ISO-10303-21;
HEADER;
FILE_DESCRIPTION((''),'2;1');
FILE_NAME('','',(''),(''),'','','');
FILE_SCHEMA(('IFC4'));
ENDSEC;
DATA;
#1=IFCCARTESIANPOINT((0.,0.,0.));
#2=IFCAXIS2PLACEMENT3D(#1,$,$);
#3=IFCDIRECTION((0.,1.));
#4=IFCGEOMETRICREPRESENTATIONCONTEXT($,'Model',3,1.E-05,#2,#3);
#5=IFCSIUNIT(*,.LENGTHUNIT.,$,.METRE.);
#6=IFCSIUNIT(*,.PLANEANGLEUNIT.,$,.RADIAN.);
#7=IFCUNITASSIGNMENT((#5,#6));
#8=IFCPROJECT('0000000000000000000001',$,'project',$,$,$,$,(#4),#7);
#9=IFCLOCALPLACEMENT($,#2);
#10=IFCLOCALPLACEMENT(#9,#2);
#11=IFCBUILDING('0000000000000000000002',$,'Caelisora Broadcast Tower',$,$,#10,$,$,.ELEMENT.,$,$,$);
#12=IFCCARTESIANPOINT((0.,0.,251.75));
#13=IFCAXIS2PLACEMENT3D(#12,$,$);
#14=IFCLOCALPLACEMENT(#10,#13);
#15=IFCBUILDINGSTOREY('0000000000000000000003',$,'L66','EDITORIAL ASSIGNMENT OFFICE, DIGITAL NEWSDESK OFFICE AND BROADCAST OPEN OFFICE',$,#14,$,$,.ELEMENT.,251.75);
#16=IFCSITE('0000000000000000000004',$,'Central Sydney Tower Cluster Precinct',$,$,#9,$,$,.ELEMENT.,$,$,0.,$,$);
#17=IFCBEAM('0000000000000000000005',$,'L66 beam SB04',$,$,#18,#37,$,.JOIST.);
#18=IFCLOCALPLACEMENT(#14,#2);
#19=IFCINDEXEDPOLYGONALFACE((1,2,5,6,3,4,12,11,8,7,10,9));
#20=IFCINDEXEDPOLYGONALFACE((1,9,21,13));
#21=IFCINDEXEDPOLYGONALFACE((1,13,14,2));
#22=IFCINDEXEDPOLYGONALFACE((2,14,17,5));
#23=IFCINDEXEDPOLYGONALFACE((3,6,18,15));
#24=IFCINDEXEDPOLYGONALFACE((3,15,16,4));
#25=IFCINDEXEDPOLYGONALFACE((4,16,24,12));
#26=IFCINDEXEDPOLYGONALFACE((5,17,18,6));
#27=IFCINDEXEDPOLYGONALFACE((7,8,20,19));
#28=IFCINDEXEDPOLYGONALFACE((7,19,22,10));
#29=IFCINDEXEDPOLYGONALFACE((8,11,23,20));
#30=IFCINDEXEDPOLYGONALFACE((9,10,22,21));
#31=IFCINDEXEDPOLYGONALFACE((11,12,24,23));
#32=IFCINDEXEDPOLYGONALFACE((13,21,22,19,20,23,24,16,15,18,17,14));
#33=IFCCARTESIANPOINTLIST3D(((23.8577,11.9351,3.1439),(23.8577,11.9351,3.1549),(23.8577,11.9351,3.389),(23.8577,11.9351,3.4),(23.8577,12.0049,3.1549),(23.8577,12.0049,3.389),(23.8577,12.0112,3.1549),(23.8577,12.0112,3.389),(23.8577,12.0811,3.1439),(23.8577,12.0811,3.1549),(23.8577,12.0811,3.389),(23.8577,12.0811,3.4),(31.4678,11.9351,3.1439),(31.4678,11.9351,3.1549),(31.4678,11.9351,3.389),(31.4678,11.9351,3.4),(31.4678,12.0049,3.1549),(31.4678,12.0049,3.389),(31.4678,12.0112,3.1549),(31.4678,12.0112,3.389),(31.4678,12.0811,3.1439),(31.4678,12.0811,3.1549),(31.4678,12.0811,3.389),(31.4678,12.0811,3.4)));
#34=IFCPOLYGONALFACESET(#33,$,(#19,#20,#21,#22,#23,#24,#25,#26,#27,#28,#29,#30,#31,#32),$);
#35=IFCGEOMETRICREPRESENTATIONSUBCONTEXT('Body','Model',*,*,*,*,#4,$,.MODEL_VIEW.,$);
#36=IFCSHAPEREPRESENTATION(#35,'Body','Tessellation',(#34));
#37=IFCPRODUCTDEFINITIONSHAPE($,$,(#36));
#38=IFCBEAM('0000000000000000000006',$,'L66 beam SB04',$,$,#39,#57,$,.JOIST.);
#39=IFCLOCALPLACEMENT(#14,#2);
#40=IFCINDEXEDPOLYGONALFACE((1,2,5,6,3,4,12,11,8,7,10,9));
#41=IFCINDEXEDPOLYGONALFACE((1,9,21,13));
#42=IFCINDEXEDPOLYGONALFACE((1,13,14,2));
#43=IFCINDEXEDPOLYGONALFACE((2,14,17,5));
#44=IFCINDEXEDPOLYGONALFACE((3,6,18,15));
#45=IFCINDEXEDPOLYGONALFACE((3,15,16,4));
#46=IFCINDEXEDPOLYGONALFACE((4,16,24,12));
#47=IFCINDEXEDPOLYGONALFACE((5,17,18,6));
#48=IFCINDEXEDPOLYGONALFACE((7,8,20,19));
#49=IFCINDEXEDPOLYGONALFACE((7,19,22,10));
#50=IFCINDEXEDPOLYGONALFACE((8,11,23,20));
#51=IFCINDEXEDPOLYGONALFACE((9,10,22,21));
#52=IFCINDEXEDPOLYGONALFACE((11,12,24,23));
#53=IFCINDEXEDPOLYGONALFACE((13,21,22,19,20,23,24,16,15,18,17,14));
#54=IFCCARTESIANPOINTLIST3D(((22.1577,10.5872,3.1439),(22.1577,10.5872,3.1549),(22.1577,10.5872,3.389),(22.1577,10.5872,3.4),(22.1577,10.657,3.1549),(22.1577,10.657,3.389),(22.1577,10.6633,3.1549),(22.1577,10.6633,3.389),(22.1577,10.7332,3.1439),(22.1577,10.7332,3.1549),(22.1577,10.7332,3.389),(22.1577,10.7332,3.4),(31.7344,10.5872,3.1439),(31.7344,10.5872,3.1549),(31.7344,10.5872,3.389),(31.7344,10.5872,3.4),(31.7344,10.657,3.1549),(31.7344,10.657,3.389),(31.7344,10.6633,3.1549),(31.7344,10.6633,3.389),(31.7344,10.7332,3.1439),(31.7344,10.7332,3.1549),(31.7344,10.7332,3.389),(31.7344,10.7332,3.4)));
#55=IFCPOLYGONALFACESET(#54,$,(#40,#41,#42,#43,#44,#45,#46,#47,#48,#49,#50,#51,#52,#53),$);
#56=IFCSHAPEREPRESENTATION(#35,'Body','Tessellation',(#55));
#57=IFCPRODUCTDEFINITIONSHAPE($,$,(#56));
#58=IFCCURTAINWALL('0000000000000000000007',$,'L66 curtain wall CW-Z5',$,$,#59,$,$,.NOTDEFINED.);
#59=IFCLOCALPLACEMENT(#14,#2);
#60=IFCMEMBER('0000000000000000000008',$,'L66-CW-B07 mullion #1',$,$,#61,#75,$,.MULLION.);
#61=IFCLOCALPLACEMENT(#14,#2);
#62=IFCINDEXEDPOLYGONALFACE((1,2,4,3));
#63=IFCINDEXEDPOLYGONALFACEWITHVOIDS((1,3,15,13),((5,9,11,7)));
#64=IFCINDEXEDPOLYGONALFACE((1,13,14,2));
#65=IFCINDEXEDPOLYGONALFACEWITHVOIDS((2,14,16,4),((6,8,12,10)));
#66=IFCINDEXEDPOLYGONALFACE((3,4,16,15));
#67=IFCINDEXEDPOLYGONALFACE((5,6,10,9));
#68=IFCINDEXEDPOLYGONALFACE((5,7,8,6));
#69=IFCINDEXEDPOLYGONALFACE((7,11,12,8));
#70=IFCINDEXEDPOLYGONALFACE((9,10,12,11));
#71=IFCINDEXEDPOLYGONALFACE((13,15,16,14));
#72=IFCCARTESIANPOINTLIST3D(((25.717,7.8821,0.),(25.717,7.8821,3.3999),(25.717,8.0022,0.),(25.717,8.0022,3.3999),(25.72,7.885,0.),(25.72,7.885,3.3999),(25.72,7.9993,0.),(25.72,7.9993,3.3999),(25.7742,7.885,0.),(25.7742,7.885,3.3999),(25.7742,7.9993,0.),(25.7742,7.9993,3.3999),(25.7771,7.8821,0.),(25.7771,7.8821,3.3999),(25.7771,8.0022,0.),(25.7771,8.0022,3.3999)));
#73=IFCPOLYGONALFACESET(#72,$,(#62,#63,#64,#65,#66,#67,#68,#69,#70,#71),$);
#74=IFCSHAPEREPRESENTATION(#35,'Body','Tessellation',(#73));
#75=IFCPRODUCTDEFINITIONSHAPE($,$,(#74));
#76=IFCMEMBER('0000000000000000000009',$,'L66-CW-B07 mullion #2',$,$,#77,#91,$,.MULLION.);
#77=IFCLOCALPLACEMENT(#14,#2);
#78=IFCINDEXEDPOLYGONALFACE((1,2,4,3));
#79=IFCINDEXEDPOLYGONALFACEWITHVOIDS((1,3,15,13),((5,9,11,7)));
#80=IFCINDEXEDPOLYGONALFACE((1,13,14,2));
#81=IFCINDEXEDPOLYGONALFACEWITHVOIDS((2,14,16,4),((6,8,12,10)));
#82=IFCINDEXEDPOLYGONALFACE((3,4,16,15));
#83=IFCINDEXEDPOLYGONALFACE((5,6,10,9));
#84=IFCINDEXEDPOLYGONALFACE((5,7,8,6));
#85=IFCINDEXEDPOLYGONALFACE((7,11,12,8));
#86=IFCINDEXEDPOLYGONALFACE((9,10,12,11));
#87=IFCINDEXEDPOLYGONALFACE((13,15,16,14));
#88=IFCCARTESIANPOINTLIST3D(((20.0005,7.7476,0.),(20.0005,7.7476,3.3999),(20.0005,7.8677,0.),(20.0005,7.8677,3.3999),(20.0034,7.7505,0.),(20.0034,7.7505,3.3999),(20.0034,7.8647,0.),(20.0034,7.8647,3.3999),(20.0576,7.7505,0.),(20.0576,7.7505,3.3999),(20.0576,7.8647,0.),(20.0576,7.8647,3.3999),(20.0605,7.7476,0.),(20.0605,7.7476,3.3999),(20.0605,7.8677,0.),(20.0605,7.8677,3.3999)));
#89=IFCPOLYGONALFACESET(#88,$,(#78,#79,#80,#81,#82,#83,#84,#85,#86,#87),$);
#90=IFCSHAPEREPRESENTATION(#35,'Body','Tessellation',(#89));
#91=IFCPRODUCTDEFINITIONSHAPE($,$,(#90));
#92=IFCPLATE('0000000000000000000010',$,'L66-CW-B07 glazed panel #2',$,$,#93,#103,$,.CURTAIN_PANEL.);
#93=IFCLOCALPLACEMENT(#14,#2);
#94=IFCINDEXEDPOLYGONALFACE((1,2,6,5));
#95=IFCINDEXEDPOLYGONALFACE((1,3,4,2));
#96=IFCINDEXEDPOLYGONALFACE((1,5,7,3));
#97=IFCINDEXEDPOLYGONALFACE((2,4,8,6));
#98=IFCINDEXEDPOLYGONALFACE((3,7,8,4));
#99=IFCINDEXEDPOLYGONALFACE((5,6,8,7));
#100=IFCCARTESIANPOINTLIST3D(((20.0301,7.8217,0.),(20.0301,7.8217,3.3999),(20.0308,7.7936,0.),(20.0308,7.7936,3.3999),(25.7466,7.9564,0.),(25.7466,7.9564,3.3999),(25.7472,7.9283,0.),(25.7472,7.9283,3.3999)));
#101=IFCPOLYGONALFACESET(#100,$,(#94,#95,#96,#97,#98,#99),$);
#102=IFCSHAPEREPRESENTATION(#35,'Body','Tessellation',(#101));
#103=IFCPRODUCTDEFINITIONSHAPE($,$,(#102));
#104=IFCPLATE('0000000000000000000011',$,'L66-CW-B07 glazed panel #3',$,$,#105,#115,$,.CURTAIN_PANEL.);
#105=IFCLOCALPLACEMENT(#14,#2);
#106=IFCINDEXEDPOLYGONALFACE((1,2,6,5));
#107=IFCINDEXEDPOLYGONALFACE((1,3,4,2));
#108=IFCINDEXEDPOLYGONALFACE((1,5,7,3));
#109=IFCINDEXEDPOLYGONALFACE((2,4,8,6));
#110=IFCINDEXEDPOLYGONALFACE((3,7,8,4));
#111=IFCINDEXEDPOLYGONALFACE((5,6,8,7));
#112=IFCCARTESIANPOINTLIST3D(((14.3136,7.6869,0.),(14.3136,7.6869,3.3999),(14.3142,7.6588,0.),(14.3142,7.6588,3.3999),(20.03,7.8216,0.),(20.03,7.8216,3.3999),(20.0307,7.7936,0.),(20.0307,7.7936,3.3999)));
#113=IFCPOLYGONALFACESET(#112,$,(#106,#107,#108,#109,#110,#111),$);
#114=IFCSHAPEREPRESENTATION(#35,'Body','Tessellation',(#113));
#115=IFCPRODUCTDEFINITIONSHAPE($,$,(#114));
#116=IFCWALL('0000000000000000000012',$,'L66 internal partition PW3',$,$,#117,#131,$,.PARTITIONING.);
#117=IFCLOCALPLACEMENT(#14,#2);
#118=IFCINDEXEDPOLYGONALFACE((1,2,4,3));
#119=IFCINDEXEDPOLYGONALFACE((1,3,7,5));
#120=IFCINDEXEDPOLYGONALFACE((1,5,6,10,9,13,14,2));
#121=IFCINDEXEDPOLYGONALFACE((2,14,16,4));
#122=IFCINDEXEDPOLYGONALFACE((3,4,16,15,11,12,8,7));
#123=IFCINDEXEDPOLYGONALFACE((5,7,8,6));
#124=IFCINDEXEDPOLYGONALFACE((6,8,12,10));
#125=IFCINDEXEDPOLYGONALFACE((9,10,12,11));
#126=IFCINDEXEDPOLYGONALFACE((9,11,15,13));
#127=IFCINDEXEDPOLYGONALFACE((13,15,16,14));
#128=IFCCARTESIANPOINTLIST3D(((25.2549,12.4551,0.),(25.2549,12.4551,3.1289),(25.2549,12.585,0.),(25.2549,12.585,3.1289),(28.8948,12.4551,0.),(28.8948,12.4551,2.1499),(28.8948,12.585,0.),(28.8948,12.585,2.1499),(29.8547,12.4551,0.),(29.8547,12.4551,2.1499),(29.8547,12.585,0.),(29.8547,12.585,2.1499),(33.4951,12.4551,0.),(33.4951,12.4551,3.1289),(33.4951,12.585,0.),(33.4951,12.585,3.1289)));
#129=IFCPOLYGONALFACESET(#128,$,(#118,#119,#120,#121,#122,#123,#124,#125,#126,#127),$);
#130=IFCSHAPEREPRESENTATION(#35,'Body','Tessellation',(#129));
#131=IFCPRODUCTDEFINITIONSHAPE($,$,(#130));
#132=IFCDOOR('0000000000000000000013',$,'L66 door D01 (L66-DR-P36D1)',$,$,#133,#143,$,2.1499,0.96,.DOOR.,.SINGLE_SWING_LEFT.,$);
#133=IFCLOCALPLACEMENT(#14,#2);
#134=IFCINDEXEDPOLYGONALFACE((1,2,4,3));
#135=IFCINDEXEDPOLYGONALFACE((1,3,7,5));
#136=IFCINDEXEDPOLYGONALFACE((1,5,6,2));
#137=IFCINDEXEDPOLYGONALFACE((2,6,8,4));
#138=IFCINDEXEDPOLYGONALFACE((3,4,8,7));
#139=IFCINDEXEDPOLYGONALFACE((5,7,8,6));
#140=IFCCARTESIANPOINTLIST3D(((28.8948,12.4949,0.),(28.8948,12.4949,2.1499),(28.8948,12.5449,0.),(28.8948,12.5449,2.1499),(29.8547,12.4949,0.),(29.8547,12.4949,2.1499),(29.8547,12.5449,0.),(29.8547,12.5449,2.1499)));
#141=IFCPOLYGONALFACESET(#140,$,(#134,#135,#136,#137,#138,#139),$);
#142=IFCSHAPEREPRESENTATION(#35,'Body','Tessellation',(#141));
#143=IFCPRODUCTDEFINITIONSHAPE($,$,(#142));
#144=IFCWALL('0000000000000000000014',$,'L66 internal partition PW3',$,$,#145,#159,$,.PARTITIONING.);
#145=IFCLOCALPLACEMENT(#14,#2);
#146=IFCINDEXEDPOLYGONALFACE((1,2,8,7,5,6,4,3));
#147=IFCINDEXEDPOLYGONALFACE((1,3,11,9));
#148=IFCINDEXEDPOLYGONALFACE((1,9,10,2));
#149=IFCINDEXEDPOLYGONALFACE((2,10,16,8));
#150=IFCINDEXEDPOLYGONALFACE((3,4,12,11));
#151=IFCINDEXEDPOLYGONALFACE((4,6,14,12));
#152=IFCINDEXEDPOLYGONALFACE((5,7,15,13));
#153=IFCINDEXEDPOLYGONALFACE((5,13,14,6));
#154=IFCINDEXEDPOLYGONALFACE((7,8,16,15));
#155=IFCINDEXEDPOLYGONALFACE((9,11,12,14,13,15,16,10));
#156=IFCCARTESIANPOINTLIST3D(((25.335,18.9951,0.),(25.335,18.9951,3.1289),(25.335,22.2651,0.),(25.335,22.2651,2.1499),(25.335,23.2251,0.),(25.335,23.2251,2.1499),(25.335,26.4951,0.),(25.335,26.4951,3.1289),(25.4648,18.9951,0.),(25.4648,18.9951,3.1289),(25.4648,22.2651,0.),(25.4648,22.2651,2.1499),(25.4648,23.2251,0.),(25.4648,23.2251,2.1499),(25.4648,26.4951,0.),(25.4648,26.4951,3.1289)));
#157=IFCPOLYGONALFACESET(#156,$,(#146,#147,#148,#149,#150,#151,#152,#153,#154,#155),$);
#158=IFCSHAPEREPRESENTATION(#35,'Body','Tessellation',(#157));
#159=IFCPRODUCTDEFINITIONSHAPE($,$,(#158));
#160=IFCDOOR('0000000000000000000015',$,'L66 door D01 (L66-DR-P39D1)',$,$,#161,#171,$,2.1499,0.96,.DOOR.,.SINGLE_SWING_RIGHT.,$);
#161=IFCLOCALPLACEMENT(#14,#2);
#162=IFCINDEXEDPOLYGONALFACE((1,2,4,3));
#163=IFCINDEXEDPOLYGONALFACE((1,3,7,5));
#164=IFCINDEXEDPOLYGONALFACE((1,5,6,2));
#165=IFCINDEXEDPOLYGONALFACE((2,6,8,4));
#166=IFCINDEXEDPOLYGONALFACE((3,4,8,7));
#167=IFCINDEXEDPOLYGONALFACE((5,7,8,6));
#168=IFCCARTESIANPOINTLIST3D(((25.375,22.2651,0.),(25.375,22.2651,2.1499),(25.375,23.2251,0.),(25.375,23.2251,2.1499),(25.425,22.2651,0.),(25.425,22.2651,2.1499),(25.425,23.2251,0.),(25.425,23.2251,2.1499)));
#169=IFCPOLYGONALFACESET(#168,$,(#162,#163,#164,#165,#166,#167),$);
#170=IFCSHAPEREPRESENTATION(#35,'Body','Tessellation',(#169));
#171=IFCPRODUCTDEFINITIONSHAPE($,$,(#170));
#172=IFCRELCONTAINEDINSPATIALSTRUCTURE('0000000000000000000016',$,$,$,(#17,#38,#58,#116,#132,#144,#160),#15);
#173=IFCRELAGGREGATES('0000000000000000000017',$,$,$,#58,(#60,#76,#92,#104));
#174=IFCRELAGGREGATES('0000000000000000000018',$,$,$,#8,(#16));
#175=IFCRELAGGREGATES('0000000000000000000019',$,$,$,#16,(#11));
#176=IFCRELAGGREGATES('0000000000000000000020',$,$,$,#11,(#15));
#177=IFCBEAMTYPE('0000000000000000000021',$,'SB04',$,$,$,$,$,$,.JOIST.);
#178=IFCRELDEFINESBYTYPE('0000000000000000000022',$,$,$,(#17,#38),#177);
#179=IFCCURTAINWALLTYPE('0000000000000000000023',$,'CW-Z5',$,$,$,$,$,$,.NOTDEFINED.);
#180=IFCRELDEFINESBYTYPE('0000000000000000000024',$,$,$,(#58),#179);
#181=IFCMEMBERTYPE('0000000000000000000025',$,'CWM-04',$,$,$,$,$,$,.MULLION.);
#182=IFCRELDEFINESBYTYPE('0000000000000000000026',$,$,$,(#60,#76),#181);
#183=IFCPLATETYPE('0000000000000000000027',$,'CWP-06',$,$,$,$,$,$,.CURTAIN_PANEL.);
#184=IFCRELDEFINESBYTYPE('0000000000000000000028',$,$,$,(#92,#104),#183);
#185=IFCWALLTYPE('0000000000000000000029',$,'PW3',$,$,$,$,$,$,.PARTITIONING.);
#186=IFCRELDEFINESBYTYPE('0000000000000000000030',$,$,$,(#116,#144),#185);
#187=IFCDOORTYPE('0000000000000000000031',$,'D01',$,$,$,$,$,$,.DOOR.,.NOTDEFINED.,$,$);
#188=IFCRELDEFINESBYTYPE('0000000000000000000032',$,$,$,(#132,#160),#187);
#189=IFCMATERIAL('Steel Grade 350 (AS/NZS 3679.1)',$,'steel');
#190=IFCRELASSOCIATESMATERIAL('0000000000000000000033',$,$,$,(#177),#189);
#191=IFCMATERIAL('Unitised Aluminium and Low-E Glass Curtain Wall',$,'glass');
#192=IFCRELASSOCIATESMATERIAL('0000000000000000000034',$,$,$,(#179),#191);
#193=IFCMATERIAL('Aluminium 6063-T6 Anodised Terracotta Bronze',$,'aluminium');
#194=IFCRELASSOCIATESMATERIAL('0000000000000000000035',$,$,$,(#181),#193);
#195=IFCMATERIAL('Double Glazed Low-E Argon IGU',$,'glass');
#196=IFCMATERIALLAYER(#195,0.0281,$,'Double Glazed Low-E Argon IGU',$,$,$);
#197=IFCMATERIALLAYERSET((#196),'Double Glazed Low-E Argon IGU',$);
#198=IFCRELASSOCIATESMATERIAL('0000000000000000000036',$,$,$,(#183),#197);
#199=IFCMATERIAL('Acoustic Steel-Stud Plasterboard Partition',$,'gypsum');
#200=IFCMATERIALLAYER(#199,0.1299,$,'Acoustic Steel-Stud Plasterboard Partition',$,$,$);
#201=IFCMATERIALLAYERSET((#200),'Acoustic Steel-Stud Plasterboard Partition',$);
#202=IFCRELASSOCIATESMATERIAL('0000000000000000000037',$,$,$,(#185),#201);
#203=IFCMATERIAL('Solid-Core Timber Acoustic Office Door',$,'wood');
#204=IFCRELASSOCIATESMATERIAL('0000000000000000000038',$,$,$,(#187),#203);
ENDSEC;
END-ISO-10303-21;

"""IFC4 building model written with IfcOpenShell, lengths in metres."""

from ifc_helpers import new_model, si_unit, direction, frame, frame_2d, origin, origin_2d, place, context, subcontext, project, spatial, rectangle, hollow_rectangle, i_section, extrude, source, transform, mapped, material, layer, layer_set, material_profile, profile_set, type_object, type_shapes, element, fill, aggregate, save


model = new_model("IFC4")

# Units and contexts
model_context = context("Model", 3, precision=1e-05, world=origin(), true_north=direction((0.0, 1.0)))
body_context = subcontext(model_context, "Body", "Model", "MODEL_VIEW")
ifc_project = project(units=[si_unit("LENGTHUNIT", "METRE"), si_unit("PLANEANGLEUNIT", "RADIAN")], contexts=[model_context])

# Site, building, storey
site_placement = place(None, origin())
site = spatial("IfcSite", under=ifc_project, at=site_placement, Name="Central Sydney Tower Cluster Precinct", CompositionType="ELEMENT", RefElevation=0.0)
building_placement = place(site_placement, origin())
building = spatial("IfcBuilding", under=site, at=building_placement, Name="Caelisora Broadcast Tower", CompositionType="ELEMENT")
storey_placement = place(building_placement, frame((0.0, 0.0, 251.75)))
storey = spatial("IfcBuildingStorey", under=building, at=storey_placement, Name="L66", Description="EDITORIAL ASSIGNMENT OFFICE, DIGITAL NEWSDESK OFFICE AND BROADCAST OPEN OFFICE", CompositionType="ELEMENT", Elevation=251.75)

# Beams
ifc_material_1 = material(Name="Steel Grade 350 (AS/NZS 3679.1)", Category="steel")
ifc_material_profile_1 = material_profile(ifc_material_1, i_section(OverallWidth=0.146, OverallDepth=0.2561, WebThickness=0.0063, FlangeThickness=0.011, at=origin_2d()), Name="Steel Grade 350 (AS/NZS 3679.1)")
ifc_profile_set_1 = profile_set([ifc_material_profile_1], Name="Steel Grade 350 (AS/NZS 3679.1)")
beam_type_1 = type_object("IfcBeamType", Name="SB04", PredefinedType="JOIST", material=ifc_profile_set_1)
shared_shape_1 = source(origin(), body_context, "Body", "SweptSolid", [
    extrude(i_section(OverallWidth=0.146, OverallDepth=0.2561, WebThickness=0.0063, FlangeThickness=0.011, at=origin_2d()), origin(), (0.0, 0.0, 1.0), 7.6101),
])
beam_1_placement = place(storey_placement, frame((23.8577, 12.0081, 3.272), z_axis=(1.0, 0.0, 0.0), x_axis=(0.0, 1.0, 0.0)))
element("IfcBeam", 1, at=beam_1_placement, inside=storey, type_object=beam_type_1, Name="L66 beam SB04", PredefinedType="JOIST", context=body_context, shape_type="MappedRepresentation", body=[
    mapped(shared_shape_1, transform((0.0, 0.0, 0.0), scale=1.0)),
])
shared_shape_2 = source(origin(), body_context, "Body", "SweptSolid", [
    extrude(i_section(OverallWidth=0.146, OverallDepth=0.2561, WebThickness=0.0063, FlangeThickness=0.011, at=origin_2d()), origin(), (0.0, 0.0, 1.0), 9.5767),
])
beam_2_placement = place(storey_placement, frame((22.1577, 10.6602, 3.272), z_axis=(1.0, 0.0, 0.0), x_axis=(0.0, 1.0, 0.0)))
element("IfcBeam", 2, at=beam_2_placement, inside=storey, type_object=beam_type_1, Name="L66 beam SB04", PredefinedType="JOIST", context=body_context, shape_type="MappedRepresentation", body=[
    mapped(shared_shape_2, transform((0.0, 0.0, 0.0), scale=1.0)),
])

# Curtain wall, members, plates
ifc_material_2 = material(Name="Unitised Aluminium and Low-E Glass Curtain Wall", Category="glass")
curtain_wall_type = type_object("IfcCurtainWallType", Name="CW-Z5", PredefinedType="NOTDEFINED", material=ifc_material_2)
curtain_wall_placement = place(storey_placement, origin())
curtain_wall = element("IfcCurtainWall", 3, at=curtain_wall_placement, inside=storey, type_object=curtain_wall_type, Name="L66 curtain wall CW-Z5", PredefinedType="NOTDEFINED")
ifc_material_3 = material(Name="Aluminium 6063-T6 Anodised Terracotta Bronze", Category="aluminium")
ifc_material_profile_2 = material_profile(ifc_material_3, hollow_rectangle(XDim=0.0601, YDim=0.1201, WallThickness=0.0029, at=origin_2d()), Name="Aluminium 6063-T6 Anodised Terracotta Bronze")
ifc_profile_set_2 = profile_set([ifc_material_profile_2], Name="Aluminium 6063-T6 Anodised Terracotta Bronze")
member_type = type_object("IfcMemberType", Name="CWM-04", PredefinedType="MULLION", material=ifc_profile_set_2)
shared_shape_3 = source(origin(), body_context, "Body", "SweptSolid", [
    extrude(hollow_rectangle(XDim=0.0601, YDim=0.1201, WallThickness=0.0029, at=origin_2d()), origin(), (0.0, 0.0, 1.0), 3.3999),
])
type_shapes(member_type, [shared_shape_3])
member_1_placement = place(storey_placement, frame((25.7471, 7.9421, 0.0), z_axis=(0.0, 0.0, 1.0), x_axis=(1.0, 0.0, 0.0)))
member_1 = element("IfcMember", 4, at=member_1_placement, type_object=member_type, Name="L66-CW-B07 mullion #1", PredefinedType="MULLION", context=body_context, shape_type="MappedRepresentation", body=[
    mapped(shared_shape_3, transform((0.0, 0.0, 0.0), scale=1.0)),
])
member_2_placement = place(storey_placement, frame((20.0305, 7.8076, 0.0), z_axis=(0.0, 0.0, 1.0), x_axis=(1.0, 0.0, 0.0)))
member_2 = element("IfcMember", 5, at=member_2_placement, type_object=member_type, Name="L66-CW-B07 mullion #2", PredefinedType="MULLION", context=body_context, shape_type="MappedRepresentation", body=[
    mapped(shared_shape_3, transform((0.0, 0.0, 0.0), scale=1.0)),
])
ifc_material_4 = material(Name="Double Glazed Low-E Argon IGU", Category="glass")
ifc_layer_1 = layer(ifc_material_4, 0.0281, Name="Double Glazed Low-E Argon IGU")
ifc_layer_set_1 = layer_set([ifc_layer_1], Name="Double Glazed Low-E Argon IGU")
plate_type = type_object("IfcPlateType", Name="CWP-06", PredefinedType="CURTAIN_PANEL", material=ifc_layer_set_1)
shared_shape_4 = source(origin(), body_context, "Body", "SweptSolid", [
    extrude(rectangle(XDim=5.718, YDim=0.0281, at=origin_2d()), origin(), (0.0, 0.0, 1.0), 3.3999),
])
type_shapes(plate_type, [shared_shape_4])
plate_1_placement = place(storey_placement, frame((22.8887, 7.875, 0.0), z_axis=(0.0, 0.0, 1.0), x_axis=(-0.999722, -0.02356, 0.0)))
plate_1 = element("IfcPlate", 6, at=plate_1_placement, type_object=plate_type, Name="L66-CW-B07 glazed panel #2", PredefinedType="CURTAIN_PANEL", context=body_context, shape_type="MappedRepresentation", body=[
    mapped(shared_shape_4, transform((0.0, 0.0, 0.0), scale=1.0)),
])
plate_2_placement = place(storey_placement, frame((17.1721, 7.7402, 0.0), z_axis=(0.0, 0.0, 1.0), x_axis=(-0.999722, -0.02356, 0.0)))
plate_2 = element("IfcPlate", 7, at=plate_2_placement, type_object=plate_type, Name="L66-CW-B07 glazed panel #3", PredefinedType="CURTAIN_PANEL", context=body_context, shape_type="MappedRepresentation", body=[
    mapped(shared_shape_4, transform((0.0, 0.0, 0.0), scale=1.0)),
])
aggregate(curtain_wall, [member_1, member_2, plate_1, plate_2])

# Walls, openings, doors
ifc_material_5 = material(Name="Acoustic Steel-Stud Plasterboard Partition", Category="gypsum")
ifc_layer_2 = layer(ifc_material_5, 0.1299, Name="Acoustic Steel-Stud Plasterboard Partition")
ifc_layer_set_2 = layer_set([ifc_layer_2], Name="Acoustic Steel-Stud Plasterboard Partition")
wall_type = type_object("IfcWallType", Name="PW3", PredefinedType="PARTITIONING", material=ifc_layer_set_2)
wall_1_placement = place(storey_placement, frame((25.2549, 12.52, 0.0), z_axis=(0.0, 0.0, 1.0), x_axis=(1.0, 0.0, 0.0)))
wall_1 = element("IfcWall", 8, at=wall_1_placement, inside=storey, type_object=wall_type, Name="L66 internal partition PW3", PredefinedType="PARTITIONING", context=body_context, shape_type="SweptSolid", body=[
    extrude(rectangle(XDim=8.2402, YDim=0.1299, at=frame_2d((4.1201, 0.0))), origin(), (0.0, 0.0, 1.0), 3.1289),
])
opening_1_placement = place(wall_1_placement, frame((3.6399, 0.0, 0.0)))
opening_1 = element("IfcOpeningElement", 9, at=opening_1_placement, cuts=wall_1, PredefinedType="OPENING", context=body_context, shape_type="SweptSolid", body=[
    extrude(rectangle(XDim=0.96, YDim=2.1499, at=frame_2d((0.48, 1.075))), frame((0.0, 0.0769, 0.0), z_axis=(0.0, -1.0, 0.0), x_axis=(1.0, 0.0, 0.0)), (0.0, 0.0, 1.0), 0.1538),
])
ifc_material_6 = material(Name="Solid-Core Timber Acoustic Office Door", Category="wood")
door_type = type_object("IfcDoorType", Name="D01", OperationType="NOTDEFINED", PredefinedType="DOOR", material=ifc_material_6)
door_1_placement = place(opening_1_placement, origin())
door_1 = element("IfcDoor", 10, at=door_1_placement, inside=storey, type_object=door_type, Name="L66 door D01 (L66-DR-P36D1)", OperationType="SINGLE_SWING_LEFT", OverallHeight=2.1499, OverallWidth=0.96, PredefinedType="DOOR", context=body_context, shape_type="SweptSolid", body=[
    extrude(rectangle(XDim=0.96, YDim=2.1499, at=frame_2d((0.48, 1.075))), frame((0.0, 0.0249, 0.0), z_axis=(0.0, -1.0, 0.0), x_axis=(1.0, 0.0, 0.0)), (0.0, 0.0, 1.0), 0.05),
])
fill(opening_1, door_1)
wall_2_placement = place(storey_placement, frame((25.3999, 18.9951, 0.0), z_axis=(0.0, 0.0, 1.0), x_axis=(0.0, 1.0, 0.0)))
wall_2 = element("IfcWall", 11, at=wall_2_placement, inside=storey, type_object=wall_type, Name="L66 internal partition PW3", PredefinedType="PARTITIONING", context=body_context, shape_type="SweptSolid", body=[
    extrude(rectangle(XDim=7.5, YDim=0.1299, at=frame_2d((3.75, 0.0))), origin(), (0.0, 0.0, 1.0), 3.1289),
])
opening_2_placement = place(wall_2_placement, frame((3.27, 0.0, 0.0)))
opening_2 = element("IfcOpeningElement", 12, at=opening_2_placement, cuts=wall_2, PredefinedType="OPENING", context=body_context, shape_type="SweptSolid", body=[
    extrude(rectangle(XDim=0.96, YDim=2.1499, at=frame_2d((0.48, 1.075))), frame((0.0, 0.0769, 0.0), z_axis=(0.0, -1.0, 0.0), x_axis=(1.0, 0.0, 0.0)), (0.0, 0.0, 1.0), 0.1538),
])
door_2_placement = place(opening_2_placement, origin())
door_2 = element("IfcDoor", 13, at=door_2_placement, inside=storey, type_object=door_type, Name="L66 door D01 (L66-DR-P39D1)", OperationType="SINGLE_SWING_RIGHT", OverallHeight=2.1499, OverallWidth=0.96, PredefinedType="DOOR", context=body_context, shape_type="SweptSolid", body=[
    extrude(rectangle(XDim=0.96, YDim=2.1499, at=frame_2d((0.48, 1.075))), frame((0.0, 0.0249, 0.0), z_axis=(0.0, -1.0, 0.0), x_axis=(1.0, 0.0, 0.0)), (0.0, 0.0, 1.0), 0.05),
])
fill(opening_2, door_2)

save(model, "model.ifc")
